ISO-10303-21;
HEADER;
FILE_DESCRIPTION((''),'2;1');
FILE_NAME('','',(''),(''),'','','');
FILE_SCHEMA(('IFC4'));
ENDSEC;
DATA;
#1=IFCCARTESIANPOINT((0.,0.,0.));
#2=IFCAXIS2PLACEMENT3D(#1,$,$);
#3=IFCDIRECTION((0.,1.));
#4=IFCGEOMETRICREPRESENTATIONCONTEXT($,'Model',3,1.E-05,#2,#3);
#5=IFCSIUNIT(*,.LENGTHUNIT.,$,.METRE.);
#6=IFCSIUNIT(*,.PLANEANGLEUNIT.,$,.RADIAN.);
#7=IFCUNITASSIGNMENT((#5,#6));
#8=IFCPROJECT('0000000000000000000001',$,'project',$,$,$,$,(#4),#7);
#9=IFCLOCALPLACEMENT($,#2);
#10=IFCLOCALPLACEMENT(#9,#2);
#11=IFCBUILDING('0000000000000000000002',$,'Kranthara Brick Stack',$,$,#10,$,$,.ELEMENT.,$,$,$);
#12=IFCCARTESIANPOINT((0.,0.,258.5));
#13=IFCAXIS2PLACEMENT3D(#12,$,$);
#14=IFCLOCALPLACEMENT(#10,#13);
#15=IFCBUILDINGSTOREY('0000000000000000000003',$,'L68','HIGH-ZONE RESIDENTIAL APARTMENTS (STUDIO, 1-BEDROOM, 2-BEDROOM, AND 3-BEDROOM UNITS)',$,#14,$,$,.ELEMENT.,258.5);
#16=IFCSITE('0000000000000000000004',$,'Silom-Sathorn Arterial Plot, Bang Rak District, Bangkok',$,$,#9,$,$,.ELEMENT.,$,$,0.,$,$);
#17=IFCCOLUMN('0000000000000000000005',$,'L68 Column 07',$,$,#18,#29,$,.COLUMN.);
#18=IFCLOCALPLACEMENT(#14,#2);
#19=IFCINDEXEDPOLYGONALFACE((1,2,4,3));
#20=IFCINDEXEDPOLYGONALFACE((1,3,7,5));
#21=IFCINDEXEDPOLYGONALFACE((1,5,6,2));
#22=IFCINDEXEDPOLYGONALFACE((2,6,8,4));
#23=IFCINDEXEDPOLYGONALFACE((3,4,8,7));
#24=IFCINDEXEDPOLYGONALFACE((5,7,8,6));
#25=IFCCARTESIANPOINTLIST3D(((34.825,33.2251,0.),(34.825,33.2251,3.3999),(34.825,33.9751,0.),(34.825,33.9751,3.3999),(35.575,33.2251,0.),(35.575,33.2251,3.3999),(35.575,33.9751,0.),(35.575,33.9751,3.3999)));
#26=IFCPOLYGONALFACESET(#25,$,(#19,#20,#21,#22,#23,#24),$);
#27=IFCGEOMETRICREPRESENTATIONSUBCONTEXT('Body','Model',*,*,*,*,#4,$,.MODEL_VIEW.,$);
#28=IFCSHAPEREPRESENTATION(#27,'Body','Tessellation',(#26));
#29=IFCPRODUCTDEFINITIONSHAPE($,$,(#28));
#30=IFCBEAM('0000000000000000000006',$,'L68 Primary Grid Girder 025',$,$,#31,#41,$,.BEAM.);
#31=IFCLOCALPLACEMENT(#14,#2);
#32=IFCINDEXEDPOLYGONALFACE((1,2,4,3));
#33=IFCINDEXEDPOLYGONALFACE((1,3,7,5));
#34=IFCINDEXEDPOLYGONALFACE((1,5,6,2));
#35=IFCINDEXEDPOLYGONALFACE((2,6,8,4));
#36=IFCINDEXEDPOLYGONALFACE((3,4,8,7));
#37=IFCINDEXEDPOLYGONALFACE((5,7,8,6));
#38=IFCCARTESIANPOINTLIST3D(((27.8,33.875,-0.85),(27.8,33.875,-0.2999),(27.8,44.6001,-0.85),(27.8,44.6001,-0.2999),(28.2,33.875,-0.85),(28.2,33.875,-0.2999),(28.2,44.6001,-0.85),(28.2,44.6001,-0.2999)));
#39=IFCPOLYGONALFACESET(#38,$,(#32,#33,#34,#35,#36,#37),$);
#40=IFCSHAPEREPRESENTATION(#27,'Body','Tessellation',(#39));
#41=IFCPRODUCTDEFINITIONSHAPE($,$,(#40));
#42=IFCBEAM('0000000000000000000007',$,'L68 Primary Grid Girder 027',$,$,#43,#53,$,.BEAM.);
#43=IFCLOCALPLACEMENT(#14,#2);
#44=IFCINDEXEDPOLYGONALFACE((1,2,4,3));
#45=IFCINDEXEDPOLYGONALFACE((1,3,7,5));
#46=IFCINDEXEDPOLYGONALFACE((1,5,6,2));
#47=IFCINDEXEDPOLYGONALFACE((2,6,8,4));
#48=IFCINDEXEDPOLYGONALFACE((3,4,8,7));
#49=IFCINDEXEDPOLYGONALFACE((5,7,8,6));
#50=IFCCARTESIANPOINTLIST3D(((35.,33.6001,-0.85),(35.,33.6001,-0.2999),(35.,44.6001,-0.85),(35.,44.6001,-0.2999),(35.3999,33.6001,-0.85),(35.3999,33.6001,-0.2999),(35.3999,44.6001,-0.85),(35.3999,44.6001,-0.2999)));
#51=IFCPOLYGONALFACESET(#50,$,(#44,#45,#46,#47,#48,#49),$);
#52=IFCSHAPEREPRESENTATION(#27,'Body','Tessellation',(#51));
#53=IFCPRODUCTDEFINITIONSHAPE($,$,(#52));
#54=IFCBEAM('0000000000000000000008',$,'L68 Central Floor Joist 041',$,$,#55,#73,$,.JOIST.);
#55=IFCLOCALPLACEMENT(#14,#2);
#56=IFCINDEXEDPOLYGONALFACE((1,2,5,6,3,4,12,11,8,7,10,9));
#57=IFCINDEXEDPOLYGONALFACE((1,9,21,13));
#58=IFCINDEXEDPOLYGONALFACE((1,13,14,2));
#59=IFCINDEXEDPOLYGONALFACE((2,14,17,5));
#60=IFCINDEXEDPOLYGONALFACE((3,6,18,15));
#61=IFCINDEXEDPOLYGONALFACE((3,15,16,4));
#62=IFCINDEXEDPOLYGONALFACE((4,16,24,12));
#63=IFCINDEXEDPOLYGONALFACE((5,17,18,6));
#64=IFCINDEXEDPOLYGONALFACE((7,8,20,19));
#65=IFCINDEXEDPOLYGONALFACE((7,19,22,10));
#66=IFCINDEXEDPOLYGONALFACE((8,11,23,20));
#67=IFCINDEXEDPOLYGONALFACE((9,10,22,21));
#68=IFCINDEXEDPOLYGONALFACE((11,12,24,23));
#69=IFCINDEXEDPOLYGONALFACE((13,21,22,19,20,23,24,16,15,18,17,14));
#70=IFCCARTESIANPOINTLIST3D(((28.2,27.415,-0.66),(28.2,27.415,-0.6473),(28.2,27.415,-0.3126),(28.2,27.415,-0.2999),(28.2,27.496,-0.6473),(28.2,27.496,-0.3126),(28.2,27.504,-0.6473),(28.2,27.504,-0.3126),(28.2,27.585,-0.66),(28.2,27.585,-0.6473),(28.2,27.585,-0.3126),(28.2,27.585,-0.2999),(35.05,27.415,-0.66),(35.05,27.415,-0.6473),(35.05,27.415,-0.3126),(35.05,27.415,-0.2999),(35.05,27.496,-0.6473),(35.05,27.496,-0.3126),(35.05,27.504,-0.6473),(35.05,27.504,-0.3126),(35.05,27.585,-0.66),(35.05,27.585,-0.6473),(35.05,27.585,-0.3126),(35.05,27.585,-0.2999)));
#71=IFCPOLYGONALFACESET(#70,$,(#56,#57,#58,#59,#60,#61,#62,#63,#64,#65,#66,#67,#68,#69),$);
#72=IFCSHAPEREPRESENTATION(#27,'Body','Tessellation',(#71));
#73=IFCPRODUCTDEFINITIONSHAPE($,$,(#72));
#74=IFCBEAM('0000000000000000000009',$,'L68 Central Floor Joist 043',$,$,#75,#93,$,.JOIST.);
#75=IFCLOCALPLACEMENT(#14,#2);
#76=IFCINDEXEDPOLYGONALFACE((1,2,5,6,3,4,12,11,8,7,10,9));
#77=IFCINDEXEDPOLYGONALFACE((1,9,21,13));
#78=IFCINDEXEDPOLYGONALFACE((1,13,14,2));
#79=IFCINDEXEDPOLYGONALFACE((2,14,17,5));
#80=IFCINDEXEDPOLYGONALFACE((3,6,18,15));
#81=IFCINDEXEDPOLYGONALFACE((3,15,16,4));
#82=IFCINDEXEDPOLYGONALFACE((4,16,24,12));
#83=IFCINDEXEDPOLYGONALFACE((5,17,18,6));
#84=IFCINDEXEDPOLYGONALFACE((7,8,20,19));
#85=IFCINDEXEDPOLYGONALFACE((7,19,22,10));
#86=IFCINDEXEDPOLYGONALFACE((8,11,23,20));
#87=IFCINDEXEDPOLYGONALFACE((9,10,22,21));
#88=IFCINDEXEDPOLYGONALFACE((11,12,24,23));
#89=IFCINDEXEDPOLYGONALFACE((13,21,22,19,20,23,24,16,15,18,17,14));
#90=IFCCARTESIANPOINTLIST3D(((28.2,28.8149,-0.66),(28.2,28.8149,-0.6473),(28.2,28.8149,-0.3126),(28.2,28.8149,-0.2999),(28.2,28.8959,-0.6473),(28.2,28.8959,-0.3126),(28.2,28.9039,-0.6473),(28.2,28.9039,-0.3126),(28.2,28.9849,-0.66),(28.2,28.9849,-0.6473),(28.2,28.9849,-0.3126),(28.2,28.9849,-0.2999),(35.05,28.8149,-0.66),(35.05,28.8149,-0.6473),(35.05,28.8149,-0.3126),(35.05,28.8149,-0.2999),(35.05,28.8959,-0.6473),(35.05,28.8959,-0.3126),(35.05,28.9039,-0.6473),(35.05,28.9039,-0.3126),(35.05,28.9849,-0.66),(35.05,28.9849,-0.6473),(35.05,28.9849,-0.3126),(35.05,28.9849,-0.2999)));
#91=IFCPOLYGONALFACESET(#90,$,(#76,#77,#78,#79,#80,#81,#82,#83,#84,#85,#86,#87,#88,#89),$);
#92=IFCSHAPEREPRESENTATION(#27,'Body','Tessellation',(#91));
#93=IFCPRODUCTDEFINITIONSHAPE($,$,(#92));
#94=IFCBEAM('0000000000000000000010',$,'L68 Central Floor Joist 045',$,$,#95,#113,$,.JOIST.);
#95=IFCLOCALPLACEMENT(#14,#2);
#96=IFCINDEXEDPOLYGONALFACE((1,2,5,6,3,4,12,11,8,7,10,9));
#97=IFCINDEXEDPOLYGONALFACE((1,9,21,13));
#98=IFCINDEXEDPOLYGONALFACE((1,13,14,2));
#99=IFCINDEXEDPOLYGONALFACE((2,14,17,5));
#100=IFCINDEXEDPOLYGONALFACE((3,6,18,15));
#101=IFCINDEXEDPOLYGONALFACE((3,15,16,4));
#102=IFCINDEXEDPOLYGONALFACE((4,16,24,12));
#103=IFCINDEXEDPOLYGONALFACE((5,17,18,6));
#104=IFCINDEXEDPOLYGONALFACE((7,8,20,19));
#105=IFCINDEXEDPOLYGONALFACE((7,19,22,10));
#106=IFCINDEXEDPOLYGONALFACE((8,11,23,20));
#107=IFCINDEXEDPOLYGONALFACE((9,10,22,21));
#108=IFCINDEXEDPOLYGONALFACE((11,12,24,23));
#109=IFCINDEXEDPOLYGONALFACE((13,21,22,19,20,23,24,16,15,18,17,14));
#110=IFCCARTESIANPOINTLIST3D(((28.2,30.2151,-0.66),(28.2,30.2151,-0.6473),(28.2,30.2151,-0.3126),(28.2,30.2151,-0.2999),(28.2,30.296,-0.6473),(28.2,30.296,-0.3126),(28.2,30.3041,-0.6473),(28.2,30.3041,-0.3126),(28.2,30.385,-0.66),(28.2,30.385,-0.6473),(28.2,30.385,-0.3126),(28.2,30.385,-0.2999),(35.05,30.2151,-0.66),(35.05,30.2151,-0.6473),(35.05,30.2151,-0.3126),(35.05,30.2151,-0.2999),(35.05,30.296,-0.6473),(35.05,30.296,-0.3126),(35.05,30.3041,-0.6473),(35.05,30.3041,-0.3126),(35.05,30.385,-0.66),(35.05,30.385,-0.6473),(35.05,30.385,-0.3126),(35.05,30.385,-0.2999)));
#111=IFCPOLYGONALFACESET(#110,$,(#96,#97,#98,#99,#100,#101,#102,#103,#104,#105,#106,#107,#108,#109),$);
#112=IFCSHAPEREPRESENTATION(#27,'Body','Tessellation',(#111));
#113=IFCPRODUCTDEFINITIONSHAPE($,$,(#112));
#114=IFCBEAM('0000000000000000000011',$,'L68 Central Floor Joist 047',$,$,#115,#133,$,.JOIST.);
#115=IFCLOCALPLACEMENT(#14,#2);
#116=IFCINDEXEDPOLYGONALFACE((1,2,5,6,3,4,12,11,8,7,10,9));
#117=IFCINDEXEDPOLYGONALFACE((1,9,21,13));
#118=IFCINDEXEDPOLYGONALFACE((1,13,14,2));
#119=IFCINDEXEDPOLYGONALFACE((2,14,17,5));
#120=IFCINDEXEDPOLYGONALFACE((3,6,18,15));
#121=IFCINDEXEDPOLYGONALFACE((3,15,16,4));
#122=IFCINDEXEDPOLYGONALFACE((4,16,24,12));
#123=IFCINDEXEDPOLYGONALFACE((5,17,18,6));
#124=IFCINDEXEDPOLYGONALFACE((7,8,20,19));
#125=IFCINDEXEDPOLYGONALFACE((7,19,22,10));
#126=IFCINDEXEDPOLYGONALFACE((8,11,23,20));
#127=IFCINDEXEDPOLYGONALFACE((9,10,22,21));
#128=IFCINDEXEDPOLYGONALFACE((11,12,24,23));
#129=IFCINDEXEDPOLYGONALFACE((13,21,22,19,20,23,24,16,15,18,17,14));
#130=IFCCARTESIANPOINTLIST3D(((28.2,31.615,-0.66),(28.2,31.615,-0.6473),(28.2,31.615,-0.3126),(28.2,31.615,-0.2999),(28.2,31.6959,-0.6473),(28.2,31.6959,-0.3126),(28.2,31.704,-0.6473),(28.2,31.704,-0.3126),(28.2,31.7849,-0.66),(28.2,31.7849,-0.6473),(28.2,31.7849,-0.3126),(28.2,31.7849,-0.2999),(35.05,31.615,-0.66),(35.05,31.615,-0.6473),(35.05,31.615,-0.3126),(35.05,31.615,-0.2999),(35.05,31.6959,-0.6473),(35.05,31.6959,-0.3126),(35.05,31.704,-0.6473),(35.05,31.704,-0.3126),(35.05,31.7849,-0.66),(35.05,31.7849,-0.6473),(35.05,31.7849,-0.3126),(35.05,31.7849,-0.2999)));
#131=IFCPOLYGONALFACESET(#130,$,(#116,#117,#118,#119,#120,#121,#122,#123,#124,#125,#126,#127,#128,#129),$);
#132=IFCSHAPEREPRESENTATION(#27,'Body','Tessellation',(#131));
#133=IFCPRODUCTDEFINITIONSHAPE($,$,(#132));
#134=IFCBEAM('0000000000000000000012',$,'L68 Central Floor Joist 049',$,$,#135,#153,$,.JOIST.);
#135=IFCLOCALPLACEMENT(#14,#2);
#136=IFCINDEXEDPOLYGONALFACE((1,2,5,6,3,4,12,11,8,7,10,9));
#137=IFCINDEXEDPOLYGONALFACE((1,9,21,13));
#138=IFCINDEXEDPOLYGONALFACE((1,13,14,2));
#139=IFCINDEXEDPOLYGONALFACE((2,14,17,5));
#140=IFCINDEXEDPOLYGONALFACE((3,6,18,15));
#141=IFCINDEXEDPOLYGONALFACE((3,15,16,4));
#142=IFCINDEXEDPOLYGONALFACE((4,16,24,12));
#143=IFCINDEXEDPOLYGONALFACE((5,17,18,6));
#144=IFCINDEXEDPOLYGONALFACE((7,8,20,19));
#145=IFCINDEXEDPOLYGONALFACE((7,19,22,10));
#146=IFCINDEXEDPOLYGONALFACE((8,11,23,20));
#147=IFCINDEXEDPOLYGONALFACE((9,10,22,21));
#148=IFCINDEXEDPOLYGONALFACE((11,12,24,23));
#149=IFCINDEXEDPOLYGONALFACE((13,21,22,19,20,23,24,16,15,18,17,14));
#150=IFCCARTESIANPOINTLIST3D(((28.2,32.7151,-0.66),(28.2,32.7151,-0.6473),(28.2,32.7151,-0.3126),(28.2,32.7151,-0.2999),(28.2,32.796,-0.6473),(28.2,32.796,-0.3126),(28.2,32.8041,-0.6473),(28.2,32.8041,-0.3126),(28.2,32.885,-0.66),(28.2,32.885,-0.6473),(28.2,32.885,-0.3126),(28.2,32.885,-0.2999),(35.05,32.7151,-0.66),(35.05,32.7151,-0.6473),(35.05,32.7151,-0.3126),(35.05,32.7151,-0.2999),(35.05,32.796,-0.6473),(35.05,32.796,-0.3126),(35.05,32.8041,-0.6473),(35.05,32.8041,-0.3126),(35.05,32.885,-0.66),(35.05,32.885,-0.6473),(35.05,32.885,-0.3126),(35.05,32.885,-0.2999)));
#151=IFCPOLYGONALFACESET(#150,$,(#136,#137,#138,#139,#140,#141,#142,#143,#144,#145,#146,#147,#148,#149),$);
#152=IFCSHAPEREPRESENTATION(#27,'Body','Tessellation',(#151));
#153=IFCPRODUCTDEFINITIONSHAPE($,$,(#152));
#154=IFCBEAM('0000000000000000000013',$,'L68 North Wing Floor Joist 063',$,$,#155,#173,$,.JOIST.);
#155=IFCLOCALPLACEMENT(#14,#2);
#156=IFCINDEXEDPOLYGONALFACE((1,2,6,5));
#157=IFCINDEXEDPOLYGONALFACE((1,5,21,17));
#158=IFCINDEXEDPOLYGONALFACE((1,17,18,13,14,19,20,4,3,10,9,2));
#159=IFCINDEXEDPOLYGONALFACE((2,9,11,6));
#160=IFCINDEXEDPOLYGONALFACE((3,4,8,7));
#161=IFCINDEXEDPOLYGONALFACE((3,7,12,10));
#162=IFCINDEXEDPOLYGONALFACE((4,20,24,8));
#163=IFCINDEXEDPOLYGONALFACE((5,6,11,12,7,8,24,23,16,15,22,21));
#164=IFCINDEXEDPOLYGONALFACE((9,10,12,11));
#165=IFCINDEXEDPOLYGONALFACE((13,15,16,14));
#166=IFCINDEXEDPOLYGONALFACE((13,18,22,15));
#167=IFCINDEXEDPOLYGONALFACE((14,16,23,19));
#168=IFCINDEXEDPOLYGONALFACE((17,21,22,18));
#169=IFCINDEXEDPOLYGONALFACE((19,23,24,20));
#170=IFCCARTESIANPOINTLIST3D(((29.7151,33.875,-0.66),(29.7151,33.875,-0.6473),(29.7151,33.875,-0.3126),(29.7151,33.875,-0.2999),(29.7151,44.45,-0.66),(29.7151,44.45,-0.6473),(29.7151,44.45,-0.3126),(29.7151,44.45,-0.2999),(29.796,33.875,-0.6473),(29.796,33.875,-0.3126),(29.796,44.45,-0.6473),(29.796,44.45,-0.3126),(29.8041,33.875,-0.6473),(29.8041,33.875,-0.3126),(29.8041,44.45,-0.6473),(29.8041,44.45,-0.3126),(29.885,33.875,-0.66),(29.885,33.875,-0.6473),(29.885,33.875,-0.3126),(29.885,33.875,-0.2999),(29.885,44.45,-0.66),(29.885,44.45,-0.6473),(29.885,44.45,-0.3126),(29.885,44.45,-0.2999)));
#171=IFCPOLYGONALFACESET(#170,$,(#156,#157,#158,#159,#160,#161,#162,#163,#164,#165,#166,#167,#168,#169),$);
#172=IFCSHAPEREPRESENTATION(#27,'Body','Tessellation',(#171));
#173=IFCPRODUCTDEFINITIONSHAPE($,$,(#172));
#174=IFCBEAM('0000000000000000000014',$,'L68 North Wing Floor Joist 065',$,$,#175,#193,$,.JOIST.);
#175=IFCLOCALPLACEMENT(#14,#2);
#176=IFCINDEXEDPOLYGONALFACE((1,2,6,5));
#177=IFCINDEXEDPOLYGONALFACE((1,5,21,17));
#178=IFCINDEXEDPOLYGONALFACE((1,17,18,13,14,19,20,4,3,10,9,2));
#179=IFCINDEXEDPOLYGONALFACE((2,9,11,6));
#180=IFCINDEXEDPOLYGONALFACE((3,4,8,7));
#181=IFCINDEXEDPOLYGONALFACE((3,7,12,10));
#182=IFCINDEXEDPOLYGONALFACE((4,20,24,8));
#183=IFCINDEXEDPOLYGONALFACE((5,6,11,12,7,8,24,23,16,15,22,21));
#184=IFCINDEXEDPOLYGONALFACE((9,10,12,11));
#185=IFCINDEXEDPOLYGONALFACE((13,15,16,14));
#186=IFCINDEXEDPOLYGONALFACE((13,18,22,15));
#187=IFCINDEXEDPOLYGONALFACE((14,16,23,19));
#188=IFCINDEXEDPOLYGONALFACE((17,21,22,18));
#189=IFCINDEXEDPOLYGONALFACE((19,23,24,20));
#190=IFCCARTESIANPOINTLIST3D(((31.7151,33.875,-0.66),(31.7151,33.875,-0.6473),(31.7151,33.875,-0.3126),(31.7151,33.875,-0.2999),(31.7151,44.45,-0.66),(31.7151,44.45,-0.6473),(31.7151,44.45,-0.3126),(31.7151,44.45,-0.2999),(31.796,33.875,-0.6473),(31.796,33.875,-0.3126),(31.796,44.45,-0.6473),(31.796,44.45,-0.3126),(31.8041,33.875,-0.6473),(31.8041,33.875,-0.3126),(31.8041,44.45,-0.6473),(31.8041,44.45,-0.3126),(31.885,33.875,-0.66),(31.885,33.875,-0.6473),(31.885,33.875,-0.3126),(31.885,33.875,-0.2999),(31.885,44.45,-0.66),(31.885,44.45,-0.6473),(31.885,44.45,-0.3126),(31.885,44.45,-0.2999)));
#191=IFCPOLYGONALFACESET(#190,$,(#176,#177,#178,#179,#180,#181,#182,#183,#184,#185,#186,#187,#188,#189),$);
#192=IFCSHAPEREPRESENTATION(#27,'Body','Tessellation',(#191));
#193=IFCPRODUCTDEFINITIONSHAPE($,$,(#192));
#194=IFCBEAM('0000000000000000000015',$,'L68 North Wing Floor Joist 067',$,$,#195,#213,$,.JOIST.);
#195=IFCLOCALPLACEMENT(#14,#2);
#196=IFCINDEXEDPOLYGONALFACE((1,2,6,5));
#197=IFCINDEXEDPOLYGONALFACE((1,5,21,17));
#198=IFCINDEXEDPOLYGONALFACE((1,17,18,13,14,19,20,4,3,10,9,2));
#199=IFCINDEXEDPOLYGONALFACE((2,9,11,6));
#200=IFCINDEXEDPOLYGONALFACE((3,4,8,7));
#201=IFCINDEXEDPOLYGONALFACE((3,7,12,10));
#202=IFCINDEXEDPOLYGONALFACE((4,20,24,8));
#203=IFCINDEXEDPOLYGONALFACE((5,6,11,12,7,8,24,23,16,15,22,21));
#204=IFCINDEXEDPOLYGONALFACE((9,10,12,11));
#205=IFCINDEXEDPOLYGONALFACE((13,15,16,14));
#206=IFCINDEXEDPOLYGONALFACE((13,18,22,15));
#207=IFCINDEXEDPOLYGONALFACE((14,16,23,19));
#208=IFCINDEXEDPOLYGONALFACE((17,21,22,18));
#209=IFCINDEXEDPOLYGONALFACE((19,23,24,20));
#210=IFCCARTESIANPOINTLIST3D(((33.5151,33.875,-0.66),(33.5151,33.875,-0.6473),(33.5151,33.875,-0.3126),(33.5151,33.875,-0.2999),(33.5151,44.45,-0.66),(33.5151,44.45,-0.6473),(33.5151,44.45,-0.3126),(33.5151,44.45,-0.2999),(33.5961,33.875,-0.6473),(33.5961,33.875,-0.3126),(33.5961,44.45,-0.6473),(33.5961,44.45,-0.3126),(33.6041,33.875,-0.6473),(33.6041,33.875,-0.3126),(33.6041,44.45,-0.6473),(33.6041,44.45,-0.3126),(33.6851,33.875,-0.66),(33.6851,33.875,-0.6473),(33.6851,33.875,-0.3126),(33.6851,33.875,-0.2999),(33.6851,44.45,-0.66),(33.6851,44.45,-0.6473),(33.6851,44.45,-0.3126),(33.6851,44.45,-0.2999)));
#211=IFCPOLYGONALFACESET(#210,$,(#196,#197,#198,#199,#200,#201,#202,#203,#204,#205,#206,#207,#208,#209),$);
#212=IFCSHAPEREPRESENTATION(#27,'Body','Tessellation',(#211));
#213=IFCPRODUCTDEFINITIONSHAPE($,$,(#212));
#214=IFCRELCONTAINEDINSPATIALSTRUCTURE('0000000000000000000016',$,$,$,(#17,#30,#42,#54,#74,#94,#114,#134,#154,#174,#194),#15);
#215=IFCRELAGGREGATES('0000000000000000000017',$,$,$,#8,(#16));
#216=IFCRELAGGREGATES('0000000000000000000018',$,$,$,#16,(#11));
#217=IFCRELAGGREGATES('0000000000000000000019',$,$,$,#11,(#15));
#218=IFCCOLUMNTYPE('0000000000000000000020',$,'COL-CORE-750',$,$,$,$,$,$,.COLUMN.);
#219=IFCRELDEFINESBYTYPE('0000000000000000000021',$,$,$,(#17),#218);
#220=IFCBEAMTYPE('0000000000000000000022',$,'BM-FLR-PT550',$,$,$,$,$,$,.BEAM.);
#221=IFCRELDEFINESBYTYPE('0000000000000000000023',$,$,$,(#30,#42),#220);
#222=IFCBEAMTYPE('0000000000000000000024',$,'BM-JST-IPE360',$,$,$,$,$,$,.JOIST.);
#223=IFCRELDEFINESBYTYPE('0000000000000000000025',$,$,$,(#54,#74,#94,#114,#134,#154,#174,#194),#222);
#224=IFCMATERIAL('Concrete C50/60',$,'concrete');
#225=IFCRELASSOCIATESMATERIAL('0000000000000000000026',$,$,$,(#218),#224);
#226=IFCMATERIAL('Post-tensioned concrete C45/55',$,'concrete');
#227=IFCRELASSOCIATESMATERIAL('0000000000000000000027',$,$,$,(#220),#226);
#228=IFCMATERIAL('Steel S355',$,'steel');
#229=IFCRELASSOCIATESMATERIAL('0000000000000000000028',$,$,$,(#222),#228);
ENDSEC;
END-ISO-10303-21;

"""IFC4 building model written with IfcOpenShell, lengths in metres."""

from ifc_helpers import new_model, si_unit, direction, frame, origin, origin_2d, place, context, subcontext, project, spatial, rectangle, i_section, extrude, material, material_profile, profile_set, type_object, element, save


model = new_model("IFC4")

# Units and contexts
model_context = context("Model", 3, precision=1e-05, world=origin(), true_north=direction((0.0, 1.0)))
body_context = subcontext(model_context, "Body", "Model", "MODEL_VIEW")
ifc_project = project(units=[si_unit("LENGTHUNIT", "METRE"), si_unit("PLANEANGLEUNIT", "RADIAN")], contexts=[model_context])

# Site, building, storey
site_placement = place(None, origin())
site = spatial("IfcSite", under=ifc_project, at=site_placement, Name="Silom-Sathorn Arterial Plot, Bang Rak District, Bangkok", CompositionType="ELEMENT", RefElevation=0.0)
building_placement = place(site_placement, origin())
building = spatial("IfcBuilding", under=site, at=building_placement, Name="Kranthara Brick Stack", CompositionType="ELEMENT")
storey_placement = place(building_placement, frame((0.0, 0.0, 258.5)))
storey = spatial("IfcBuildingStorey", under=building, at=storey_placement, Name="L68", Description="HIGH-ZONE RESIDENTIAL APARTMENTS (STUDIO, 1-BEDROOM, 2-BEDROOM, AND 3-BEDROOM UNITS)", CompositionType="ELEMENT", Elevation=258.5)

# Column
ifc_material_1 = material(Name="Concrete C50/60", Category="concrete")
ifc_material_profile_1 = material_profile(ifc_material_1, rectangle(XDim=0.75, YDim=0.75, at=origin_2d()), Name="RC 750x750")
ifc_profile_set_1 = profile_set([ifc_material_profile_1], Name="Concrete C50/60")
column_type = type_object("IfcColumnType", Name="COL-CORE-750", PredefinedType="COLUMN", material=ifc_profile_set_1)
column_placement = place(storey_placement, frame((35.2, 33.6001, 0.0), z_axis=(0.0, 0.0, 1.0), x_axis=(1.0, 0.0, 0.0)))
element("IfcColumn", 1, at=column_placement, inside=storey, type_object=column_type, Name="L68 Column 07", PredefinedType="COLUMN", context=body_context, shape_type="SweptSolid", body=[
    extrude(rectangle(XDim=0.75, YDim=0.75, at=origin_2d()), origin(), (0.0, 0.0, 1.0), 3.3999),
])

# Beams
ifc_material_2 = material(Name="Post-tensioned concrete C45/55", Category="concrete")
ifc_material_profile_2 = material_profile(ifc_material_2, rectangle(XDim=0.3999, YDim=0.55, at=origin_2d()), Name="PT 400x550")
ifc_profile_set_2 = profile_set([ifc_material_profile_2], Name="Post-tensioned concrete C45/55")
beam_type_1 = type_object("IfcBeamType", Name="BM-FLR-PT550", PredefinedType="BEAM", material=ifc_profile_set_2)
beam_1_placement = place(storey_placement, frame((28.0, 33.875, -0.575), z_axis=(0.0, 1.0, 0.0), x_axis=(-1.0, 0.0, 0.0)))
element("IfcBeam", 2, at=beam_1_placement, inside=storey, type_object=beam_type_1, Name="L68 Primary Grid Girder 025", PredefinedType="BEAM", context=body_context, shape_type="SweptSolid", body=[
    extrude(rectangle(XDim=0.3999, YDim=0.55, at=origin_2d()), origin(), (0.0, 0.0, 1.0), 10.7251),
])
beam_2_placement = place(storey_placement, frame((35.2, 33.6001, -0.575), z_axis=(0.0, 1.0, 0.0), x_axis=(-1.0, 0.0, 0.0)))
element("IfcBeam", 3, at=beam_2_placement, inside=storey, type_object=beam_type_1, Name="L68 Primary Grid Girder 027", PredefinedType="BEAM", context=body_context, shape_type="SweptSolid", body=[
    extrude(rectangle(XDim=0.3999, YDim=0.55, at=origin_2d()), origin(), (0.0, 0.0, 1.0), 11.0),
])
ifc_material_3 = material(Name="Steel S355", Category="steel")
ifc_material_profile_3 = material_profile(ifc_material_3, i_section(OverallWidth=0.1699, OverallDepth=0.3601, WebThickness=0.0081, FlangeThickness=0.0127, at=origin_2d()), Name="IPE 360")
ifc_profile_set_3 = profile_set([ifc_material_profile_3], Name="Steel S355")
beam_type_2 = type_object("IfcBeamType", Name="BM-JST-IPE360", PredefinedType="JOIST", material=ifc_profile_set_3)
for number, where, z_axis, x_axis, name in (
    (4, (28.2, 27.5, -0.48), (1.0, 0.0, 0.0), (0.0, 1.0, 0.0), "L68 Central Floor Joist 041"),
    (5, (28.2, 28.8999, -0.48), (1.0, 0.0, 0.0), (0.0, 1.0, 0.0), "L68 Central Floor Joist 043"),
    (6, (28.2, 30.3, -0.48), (1.0, 0.0, 0.0), (0.0, 1.0, 0.0), "L68 Central Floor Joist 045"),
    (7, (28.2, 31.7, -0.48), (1.0, 0.0, 0.0), (0.0, 1.0, 0.0), "L68 Central Floor Joist 047"),
    (8, (28.2, 32.8, -0.48), (1.0, 0.0, 0.0), (0.0, 1.0, 0.0), "L68 Central Floor Joist 049"),
):
    element("IfcBeam", number, at=place(storey_placement, frame(where, z_axis=z_axis, x_axis=x_axis)), inside=storey, type_object=beam_type_2, Name=name, PredefinedType="JOIST", context=body_context, shape_type="SweptSolid", body=[
        extrude(i_section(OverallWidth=0.1699, OverallDepth=0.3601, WebThickness=0.0081, FlangeThickness=0.0127, at=origin_2d()), origin(), (0.0, 0.0, 1.0), 6.8501),
    ])
for number, where, z_axis, x_axis, name in (
    (9, (29.8, 33.875, -0.48), (0.0, 1.0, 0.0), (-1.0, 0.0, 0.0), "L68 North Wing Floor Joist 063"),
    (10, (31.8, 33.875, -0.48), (0.0, 1.0, 0.0), (-1.0, 0.0, 0.0), "L68 North Wing Floor Joist 065"),
    (11, (33.6001, 33.875, -0.48), (0.0, 1.0, 0.0), (-1.0, 0.0, 0.0), "L68 North Wing Floor Joist 067"),
):
    element("IfcBeam", number, at=place(storey_placement, frame(where, z_axis=z_axis, x_axis=x_axis)), inside=storey, type_object=beam_type_2, Name=name, PredefinedType="JOIST", context=body_context, shape_type="SweptSolid", body=[
        extrude(i_section(OverallWidth=0.1699, OverallDepth=0.3601, WebThickness=0.0081, FlangeThickness=0.0127, at=origin_2d()), origin(), (0.0, 0.0, 1.0), 10.575),
    ])

save(model, "model.ifc")
